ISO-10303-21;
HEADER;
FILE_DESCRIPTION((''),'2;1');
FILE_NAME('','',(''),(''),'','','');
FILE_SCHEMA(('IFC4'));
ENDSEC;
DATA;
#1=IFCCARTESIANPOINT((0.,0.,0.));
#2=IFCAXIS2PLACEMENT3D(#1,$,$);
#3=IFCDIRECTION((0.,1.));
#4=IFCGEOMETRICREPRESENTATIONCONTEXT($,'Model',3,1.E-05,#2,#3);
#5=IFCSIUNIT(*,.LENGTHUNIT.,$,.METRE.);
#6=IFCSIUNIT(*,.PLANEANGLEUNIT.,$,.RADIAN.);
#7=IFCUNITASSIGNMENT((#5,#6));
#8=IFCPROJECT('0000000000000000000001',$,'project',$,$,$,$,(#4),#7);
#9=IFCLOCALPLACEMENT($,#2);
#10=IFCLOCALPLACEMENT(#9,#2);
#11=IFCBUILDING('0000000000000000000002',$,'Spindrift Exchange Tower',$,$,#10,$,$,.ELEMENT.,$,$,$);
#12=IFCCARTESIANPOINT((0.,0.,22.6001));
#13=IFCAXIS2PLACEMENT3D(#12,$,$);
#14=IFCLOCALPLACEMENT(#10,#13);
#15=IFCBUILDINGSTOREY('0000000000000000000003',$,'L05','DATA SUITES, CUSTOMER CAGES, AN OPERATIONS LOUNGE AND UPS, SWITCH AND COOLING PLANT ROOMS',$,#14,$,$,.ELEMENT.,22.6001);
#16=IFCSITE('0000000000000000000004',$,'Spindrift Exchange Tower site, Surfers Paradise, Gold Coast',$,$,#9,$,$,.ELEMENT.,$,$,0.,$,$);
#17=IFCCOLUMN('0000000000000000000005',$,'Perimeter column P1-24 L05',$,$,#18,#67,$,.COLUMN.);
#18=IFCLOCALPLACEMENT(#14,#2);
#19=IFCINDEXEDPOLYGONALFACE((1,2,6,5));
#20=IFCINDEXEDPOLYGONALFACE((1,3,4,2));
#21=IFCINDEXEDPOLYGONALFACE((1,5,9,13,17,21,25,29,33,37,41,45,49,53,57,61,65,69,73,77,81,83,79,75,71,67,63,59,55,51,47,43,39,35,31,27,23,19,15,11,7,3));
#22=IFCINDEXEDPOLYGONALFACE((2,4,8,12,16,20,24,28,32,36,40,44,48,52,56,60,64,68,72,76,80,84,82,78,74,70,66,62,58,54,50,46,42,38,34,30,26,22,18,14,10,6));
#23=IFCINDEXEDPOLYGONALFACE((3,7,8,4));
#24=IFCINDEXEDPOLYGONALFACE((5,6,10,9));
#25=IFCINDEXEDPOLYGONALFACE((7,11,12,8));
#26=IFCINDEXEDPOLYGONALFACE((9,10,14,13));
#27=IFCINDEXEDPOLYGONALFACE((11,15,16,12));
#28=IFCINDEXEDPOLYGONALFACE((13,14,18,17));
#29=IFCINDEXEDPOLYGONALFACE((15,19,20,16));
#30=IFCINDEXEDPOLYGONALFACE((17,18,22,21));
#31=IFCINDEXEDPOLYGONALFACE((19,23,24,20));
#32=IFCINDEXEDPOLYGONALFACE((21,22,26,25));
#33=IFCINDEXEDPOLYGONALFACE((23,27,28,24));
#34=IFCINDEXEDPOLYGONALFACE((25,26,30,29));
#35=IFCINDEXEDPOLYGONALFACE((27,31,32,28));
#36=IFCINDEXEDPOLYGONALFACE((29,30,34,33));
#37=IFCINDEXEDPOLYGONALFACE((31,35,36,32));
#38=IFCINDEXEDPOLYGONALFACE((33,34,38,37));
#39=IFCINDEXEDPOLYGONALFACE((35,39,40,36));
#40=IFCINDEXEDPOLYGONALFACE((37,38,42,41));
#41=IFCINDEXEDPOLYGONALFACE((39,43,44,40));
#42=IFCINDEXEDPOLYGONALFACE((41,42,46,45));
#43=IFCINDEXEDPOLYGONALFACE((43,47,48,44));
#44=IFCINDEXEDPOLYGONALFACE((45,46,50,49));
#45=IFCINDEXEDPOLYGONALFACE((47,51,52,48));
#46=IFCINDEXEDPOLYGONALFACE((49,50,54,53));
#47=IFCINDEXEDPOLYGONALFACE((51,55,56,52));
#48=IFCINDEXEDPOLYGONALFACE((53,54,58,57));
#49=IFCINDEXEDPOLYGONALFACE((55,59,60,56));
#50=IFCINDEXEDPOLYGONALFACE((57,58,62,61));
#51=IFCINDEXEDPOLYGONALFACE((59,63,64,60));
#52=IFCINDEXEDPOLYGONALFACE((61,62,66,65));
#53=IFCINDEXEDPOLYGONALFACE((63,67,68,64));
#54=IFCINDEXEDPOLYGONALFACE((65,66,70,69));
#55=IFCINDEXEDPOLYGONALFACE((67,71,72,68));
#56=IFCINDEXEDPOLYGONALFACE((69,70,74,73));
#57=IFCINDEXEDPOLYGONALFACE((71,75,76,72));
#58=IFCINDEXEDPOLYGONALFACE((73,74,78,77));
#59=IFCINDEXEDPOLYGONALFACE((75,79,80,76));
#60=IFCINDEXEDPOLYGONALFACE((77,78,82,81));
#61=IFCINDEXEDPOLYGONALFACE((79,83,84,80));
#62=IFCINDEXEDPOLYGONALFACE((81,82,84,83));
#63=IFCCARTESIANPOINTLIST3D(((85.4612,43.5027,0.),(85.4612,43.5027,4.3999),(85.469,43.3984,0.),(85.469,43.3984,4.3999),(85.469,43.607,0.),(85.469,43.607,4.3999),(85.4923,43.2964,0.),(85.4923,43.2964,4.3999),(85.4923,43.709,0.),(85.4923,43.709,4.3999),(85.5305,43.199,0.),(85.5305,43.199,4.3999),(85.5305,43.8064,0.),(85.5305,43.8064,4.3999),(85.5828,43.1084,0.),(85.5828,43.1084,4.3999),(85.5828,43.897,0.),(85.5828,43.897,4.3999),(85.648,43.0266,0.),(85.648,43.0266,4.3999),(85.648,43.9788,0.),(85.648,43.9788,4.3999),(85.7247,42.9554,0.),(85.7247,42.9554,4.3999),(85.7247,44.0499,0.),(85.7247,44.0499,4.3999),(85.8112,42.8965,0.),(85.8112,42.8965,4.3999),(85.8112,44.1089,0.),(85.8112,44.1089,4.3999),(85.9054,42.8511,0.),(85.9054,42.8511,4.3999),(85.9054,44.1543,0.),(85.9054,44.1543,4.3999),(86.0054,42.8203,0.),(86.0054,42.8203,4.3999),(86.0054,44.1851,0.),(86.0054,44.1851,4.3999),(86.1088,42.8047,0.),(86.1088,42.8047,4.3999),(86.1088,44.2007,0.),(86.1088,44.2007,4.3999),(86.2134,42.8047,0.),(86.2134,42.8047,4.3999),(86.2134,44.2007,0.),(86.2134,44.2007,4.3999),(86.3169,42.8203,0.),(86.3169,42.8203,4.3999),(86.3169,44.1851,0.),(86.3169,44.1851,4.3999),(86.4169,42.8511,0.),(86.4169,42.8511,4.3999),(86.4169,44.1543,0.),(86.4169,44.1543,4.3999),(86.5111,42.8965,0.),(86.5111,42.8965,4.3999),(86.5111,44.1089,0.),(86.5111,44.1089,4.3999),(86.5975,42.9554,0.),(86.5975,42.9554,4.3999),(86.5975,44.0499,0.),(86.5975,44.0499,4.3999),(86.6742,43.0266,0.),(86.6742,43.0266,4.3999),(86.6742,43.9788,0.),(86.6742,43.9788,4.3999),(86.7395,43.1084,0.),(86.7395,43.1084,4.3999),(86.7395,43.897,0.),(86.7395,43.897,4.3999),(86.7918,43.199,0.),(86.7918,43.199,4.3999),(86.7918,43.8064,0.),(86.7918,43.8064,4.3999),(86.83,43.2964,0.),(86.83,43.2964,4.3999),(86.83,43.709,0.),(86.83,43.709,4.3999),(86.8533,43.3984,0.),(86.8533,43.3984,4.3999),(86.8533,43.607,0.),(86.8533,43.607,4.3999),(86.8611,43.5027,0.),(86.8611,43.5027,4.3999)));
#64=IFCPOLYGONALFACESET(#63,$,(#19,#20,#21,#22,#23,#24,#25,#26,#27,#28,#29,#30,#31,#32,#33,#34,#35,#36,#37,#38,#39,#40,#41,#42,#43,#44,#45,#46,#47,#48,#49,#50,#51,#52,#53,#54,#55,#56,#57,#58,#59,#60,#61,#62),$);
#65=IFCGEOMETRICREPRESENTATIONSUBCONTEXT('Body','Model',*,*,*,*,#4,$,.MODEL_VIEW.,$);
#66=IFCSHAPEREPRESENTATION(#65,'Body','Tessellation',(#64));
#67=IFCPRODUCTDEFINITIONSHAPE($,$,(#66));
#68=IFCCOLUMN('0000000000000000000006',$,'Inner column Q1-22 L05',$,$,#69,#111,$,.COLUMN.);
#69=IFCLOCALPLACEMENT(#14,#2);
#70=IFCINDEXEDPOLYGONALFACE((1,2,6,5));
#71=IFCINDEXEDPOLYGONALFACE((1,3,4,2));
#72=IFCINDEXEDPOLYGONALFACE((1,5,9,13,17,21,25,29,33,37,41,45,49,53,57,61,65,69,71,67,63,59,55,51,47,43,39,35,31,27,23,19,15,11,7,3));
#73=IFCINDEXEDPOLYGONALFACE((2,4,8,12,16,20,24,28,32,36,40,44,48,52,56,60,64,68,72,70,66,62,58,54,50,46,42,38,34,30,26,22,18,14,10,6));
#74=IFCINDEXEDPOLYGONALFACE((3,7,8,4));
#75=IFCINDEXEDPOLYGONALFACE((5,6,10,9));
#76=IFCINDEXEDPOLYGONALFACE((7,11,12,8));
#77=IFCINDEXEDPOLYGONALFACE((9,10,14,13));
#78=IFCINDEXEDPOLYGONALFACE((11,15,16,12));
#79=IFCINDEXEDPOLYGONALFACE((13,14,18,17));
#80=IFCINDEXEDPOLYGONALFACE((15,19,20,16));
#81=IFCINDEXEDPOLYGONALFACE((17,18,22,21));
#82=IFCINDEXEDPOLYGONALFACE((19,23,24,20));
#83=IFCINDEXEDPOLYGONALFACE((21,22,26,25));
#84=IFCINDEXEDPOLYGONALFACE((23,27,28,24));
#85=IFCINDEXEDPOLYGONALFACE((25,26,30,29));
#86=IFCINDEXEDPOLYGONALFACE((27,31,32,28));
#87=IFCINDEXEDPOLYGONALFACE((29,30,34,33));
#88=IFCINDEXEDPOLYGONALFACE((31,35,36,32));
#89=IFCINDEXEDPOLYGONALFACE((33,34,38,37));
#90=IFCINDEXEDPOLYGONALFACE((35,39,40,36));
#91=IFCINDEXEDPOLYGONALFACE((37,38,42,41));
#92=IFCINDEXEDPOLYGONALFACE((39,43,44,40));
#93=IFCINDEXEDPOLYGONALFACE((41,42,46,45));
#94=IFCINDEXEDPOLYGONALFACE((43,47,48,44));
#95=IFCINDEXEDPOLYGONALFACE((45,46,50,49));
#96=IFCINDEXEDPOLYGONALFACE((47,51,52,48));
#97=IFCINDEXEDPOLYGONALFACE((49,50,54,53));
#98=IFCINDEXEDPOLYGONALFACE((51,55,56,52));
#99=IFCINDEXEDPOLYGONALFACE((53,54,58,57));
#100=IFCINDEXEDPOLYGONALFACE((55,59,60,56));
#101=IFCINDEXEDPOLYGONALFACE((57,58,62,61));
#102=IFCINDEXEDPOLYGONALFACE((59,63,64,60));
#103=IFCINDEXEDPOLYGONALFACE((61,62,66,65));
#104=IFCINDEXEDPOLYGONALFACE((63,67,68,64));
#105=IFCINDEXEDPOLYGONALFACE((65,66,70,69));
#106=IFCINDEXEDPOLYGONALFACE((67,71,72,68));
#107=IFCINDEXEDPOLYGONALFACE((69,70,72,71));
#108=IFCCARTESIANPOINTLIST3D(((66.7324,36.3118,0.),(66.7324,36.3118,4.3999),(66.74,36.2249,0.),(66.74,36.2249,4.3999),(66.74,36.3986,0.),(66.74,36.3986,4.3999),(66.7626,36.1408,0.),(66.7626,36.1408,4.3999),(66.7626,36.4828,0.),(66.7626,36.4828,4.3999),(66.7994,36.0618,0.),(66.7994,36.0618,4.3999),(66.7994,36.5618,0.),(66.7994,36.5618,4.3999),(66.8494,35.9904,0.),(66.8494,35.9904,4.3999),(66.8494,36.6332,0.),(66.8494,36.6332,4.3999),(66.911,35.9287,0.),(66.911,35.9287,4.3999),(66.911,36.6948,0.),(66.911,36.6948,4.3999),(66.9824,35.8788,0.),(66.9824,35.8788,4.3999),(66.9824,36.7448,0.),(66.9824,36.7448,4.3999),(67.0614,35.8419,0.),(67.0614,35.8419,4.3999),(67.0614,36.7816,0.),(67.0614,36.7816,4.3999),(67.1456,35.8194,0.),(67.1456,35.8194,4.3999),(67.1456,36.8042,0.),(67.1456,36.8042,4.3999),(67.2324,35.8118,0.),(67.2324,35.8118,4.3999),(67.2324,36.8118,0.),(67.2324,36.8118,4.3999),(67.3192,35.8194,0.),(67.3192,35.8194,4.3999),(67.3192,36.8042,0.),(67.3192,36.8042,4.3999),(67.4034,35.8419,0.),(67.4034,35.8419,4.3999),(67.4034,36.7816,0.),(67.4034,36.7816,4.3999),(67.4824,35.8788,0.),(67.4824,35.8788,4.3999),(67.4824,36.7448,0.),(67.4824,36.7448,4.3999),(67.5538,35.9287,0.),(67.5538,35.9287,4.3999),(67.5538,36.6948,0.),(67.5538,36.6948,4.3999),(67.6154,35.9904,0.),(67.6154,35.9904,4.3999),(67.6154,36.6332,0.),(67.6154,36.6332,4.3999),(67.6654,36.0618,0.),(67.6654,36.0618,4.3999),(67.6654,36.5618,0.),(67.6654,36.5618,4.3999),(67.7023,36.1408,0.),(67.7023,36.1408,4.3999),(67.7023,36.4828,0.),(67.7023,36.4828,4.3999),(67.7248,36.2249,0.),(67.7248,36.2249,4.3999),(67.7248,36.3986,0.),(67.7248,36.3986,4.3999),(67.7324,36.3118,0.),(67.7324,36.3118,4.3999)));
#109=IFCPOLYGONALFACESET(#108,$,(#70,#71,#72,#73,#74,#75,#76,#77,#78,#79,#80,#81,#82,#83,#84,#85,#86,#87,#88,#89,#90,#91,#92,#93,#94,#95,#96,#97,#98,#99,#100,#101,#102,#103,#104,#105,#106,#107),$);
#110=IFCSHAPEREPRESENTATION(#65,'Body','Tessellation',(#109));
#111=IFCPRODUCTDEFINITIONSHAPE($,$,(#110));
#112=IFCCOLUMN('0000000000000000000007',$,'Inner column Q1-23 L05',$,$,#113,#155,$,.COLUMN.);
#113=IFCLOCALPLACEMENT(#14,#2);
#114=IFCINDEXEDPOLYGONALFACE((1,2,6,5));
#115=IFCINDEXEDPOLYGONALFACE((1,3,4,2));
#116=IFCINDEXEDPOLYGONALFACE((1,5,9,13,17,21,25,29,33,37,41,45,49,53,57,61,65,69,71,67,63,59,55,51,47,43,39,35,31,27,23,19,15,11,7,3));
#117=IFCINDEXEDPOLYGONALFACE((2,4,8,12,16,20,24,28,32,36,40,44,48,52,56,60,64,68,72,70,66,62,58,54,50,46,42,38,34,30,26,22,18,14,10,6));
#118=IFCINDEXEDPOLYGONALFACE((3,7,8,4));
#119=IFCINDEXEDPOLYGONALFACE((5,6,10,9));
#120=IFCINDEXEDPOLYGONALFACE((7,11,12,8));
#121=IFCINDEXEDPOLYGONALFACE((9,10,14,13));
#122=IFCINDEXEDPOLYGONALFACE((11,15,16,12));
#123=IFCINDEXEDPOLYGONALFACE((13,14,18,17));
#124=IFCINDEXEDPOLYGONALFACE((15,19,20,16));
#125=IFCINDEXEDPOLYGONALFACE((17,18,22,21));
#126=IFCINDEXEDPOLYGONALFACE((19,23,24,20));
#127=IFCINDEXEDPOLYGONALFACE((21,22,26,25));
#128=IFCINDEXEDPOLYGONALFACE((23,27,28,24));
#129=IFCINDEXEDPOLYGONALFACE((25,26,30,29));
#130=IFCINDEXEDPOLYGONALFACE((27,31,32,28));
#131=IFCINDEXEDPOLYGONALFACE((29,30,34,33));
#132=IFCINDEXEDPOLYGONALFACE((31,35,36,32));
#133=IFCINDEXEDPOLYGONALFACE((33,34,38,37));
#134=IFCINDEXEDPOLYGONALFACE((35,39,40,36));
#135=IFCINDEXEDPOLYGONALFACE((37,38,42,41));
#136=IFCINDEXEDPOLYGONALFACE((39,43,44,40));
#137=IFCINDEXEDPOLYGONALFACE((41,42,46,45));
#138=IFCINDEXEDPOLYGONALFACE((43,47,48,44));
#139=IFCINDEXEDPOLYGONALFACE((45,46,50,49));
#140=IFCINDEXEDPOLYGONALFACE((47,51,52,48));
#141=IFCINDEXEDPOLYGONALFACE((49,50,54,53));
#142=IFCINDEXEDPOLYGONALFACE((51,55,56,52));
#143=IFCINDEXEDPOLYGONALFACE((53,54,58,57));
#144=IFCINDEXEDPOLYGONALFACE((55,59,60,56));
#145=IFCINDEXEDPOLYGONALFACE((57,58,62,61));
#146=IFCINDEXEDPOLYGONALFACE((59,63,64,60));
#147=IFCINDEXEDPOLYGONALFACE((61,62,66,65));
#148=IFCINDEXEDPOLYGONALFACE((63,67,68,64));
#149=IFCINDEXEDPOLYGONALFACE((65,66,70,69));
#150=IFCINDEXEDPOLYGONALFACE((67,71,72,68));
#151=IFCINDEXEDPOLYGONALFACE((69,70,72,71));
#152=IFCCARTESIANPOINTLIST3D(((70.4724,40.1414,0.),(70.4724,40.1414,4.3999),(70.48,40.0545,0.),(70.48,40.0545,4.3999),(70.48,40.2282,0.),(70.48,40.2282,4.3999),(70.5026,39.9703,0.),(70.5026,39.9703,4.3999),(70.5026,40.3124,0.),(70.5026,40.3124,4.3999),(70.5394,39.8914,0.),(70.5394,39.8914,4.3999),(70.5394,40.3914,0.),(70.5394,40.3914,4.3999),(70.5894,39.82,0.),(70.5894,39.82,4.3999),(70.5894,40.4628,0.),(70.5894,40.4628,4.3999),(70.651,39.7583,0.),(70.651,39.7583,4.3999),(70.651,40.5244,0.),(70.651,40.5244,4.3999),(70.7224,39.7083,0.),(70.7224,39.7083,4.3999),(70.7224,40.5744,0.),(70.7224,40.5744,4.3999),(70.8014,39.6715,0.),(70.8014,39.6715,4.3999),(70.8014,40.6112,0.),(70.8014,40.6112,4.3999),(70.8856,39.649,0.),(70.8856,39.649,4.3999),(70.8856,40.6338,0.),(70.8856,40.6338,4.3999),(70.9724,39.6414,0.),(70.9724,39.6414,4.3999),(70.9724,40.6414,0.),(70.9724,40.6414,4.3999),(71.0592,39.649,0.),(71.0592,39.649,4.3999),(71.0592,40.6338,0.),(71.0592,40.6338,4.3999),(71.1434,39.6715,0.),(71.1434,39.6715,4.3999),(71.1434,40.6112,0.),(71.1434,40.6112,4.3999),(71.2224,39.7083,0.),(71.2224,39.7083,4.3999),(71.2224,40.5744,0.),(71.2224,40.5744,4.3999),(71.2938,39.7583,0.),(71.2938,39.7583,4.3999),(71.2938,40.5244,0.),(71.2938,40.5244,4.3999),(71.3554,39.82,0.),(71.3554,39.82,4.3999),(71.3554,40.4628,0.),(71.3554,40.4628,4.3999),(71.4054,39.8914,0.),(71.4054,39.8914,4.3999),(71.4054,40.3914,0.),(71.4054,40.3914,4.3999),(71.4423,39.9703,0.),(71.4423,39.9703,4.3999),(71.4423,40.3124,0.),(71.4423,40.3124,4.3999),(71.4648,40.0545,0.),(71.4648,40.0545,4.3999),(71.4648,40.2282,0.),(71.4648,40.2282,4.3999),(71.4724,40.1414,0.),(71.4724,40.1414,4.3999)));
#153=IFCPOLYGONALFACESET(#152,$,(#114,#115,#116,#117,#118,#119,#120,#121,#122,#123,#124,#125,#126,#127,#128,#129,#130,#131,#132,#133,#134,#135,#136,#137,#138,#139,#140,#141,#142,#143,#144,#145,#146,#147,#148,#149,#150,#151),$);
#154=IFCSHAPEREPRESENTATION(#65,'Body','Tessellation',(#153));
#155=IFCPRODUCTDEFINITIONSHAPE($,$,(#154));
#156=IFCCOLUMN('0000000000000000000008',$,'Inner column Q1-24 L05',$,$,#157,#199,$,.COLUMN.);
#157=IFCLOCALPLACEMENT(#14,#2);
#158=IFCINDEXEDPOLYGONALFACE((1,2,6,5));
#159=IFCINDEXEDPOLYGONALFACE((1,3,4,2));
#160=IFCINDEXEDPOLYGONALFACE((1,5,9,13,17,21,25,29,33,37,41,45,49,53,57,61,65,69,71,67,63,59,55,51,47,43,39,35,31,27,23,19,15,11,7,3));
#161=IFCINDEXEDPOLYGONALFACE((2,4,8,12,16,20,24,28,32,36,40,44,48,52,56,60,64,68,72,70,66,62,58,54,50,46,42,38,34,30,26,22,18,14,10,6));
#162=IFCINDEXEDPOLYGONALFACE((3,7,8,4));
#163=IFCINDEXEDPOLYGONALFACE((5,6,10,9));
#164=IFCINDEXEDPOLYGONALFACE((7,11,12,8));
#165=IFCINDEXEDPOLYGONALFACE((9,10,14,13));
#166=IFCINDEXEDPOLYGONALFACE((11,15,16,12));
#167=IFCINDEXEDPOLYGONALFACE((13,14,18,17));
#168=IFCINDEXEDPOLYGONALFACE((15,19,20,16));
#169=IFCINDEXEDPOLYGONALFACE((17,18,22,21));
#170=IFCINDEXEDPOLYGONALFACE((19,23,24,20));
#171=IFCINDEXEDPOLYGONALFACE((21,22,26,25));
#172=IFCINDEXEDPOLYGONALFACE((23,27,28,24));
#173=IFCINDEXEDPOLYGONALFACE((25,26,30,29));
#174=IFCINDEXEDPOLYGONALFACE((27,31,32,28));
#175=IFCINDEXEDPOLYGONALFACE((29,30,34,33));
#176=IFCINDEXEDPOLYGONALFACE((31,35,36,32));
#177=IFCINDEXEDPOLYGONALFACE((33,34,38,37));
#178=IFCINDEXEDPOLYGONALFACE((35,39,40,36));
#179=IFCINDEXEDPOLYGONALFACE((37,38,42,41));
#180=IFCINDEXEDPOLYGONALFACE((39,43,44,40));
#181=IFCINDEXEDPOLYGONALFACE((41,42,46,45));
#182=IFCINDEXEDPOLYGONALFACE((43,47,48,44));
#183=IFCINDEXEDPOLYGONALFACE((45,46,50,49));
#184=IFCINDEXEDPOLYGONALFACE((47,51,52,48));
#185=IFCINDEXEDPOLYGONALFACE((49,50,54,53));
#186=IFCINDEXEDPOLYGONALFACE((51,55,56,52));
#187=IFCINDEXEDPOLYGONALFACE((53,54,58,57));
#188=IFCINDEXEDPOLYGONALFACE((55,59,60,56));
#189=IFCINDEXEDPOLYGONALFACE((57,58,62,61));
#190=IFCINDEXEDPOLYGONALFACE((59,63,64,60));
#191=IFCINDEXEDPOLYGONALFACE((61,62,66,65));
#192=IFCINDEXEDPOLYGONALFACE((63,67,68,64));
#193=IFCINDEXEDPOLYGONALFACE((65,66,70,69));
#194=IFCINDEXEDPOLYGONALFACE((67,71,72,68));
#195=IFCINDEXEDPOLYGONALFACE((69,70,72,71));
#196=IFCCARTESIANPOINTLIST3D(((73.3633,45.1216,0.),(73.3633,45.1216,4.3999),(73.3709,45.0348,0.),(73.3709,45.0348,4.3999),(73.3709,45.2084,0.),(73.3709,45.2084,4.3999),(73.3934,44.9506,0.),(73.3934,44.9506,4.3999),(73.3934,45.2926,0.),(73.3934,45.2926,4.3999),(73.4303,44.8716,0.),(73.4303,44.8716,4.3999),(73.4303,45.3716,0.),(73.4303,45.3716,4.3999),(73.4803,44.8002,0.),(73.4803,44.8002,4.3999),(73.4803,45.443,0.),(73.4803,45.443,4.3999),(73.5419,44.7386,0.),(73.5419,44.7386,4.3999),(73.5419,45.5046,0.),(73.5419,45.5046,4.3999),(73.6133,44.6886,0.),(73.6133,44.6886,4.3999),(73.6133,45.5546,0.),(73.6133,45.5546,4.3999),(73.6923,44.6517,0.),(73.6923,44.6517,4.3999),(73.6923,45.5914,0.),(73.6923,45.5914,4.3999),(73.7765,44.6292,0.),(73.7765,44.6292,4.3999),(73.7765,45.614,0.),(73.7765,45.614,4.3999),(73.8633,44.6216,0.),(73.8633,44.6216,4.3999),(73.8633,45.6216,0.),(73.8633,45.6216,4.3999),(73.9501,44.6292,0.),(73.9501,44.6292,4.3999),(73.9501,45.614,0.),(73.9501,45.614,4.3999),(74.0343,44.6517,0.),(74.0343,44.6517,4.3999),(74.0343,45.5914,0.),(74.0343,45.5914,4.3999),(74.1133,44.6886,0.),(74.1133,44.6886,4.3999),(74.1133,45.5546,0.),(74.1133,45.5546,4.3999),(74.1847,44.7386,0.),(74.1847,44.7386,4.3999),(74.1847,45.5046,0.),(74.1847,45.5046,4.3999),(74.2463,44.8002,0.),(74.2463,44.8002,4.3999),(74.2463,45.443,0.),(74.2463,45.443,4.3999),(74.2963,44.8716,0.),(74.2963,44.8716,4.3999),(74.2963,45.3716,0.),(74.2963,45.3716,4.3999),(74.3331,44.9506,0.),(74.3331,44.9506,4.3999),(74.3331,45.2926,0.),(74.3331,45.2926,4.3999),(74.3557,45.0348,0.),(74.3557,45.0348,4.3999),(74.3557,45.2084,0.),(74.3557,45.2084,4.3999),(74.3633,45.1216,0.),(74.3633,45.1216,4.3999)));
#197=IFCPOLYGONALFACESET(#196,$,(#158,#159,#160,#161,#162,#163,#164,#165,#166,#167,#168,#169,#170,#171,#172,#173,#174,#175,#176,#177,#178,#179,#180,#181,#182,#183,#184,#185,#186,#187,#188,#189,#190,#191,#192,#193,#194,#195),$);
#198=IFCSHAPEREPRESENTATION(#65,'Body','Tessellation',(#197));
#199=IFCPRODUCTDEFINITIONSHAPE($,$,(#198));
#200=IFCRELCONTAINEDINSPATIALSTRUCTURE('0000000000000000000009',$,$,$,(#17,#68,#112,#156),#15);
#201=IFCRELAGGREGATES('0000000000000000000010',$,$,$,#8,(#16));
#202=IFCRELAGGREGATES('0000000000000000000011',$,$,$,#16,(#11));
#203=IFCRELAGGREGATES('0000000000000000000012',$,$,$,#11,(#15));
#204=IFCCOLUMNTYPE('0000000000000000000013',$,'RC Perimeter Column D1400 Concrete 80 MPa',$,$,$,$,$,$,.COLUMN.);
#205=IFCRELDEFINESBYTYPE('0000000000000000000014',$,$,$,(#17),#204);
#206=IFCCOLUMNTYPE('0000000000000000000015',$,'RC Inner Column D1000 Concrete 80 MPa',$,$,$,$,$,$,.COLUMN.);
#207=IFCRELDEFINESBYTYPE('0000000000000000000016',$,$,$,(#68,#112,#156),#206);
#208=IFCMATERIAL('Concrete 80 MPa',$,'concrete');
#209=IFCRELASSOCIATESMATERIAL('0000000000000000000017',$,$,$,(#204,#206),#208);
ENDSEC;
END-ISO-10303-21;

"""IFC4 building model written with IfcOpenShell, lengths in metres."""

from ifc_helpers import new_model, si_unit, direction, frame, origin, origin_2d, place, context, subcontext, project, spatial, circle, extrude, source, transform, mapped, material, material_profile, profile_set, type_object, element, save


model = new_model("IFC4")

# Units and contexts
model_context = context("Model", 3, precision=1e-05, world=origin(), true_north=direction((0.0, 1.0)))
body_context = subcontext(model_context, "Body", "Model", "MODEL_VIEW")
ifc_project = project(units=[si_unit("LENGTHUNIT", "METRE"), si_unit("PLANEANGLEUNIT", "RADIAN")], contexts=[model_context])

# Site, building, storey
site_placement = place(None, origin())
site = spatial("IfcSite", under=ifc_project, at=site_placement, Name="Spindrift Exchange Tower site, Surfers Paradise, Gold Coast", CompositionType="ELEMENT", RefElevation=0.0)
building_placement = place(site_placement, origin())
building = spatial("IfcBuilding", under=site, at=building_placement, Name="Spindrift Exchange Tower", CompositionType="ELEMENT")
storey_placement = place(building_placement, frame((0.0, 0.0, 22.6001)))
storey = spatial("IfcBuildingStorey", under=building, at=storey_placement, Name="L05", Description="DATA SUITES, CUSTOMER CAGES, AN OPERATIONS LOUNGE AND UPS, SWITCH AND COOLING PLANT ROOMS", CompositionType="ELEMENT", Elevation=22.6001)

# Columns
ifc_material_1 = material(Name="Concrete 80 MPa", Category="concrete")
ifc_material_profile_1 = material_profile(ifc_material_1, circle(Radius=0.7, at=origin_2d()), Name="RC D1400")
ifc_profile_set_1 = profile_set([ifc_material_profile_1], Name="Concrete 80 MPa")
column_type_1 = type_object("IfcColumnType", Name="RC Perimeter Column D1400 Concrete 80 MPa", PredefinedType="COLUMN", material=ifc_profile_set_1)
shared_shape_1 = source(origin(), body_context, "Body", "SweptSolid", [
    extrude(circle(Radius=0.7, at=origin_2d()), origin(), (0.0, 0.0, 1.0), 4.3999),
])
column_placement = place(storey_placement, frame((86.1611, 43.5027, 0.0), z_axis=(0.0, 0.0, 1.0), x_axis=(1.0, 0.0, 0.0)))
element("IfcColumn", 1, at=column_placement, inside=storey, type_object=column_type_1, Name="Perimeter column P1-24 L05", PredefinedType="COLUMN", context=body_context, shape_type="MappedRepresentation", body=[
    mapped(shared_shape_1, transform((0.0, 0.0, 0.0), scale=1.0)),
])
ifc_material_profile_2 = material_profile(ifc_material_1, circle(Radius=0.5, at=origin_2d()), Name="RC D1000")
ifc_profile_set_2 = profile_set([ifc_material_profile_2], Name="Concrete 80 MPa")
column_type_2 = type_object("IfcColumnType", Name="RC Inner Column D1000 Concrete 80 MPa", PredefinedType="COLUMN", material=ifc_profile_set_2)
shared_shape_2 = source(origin(), body_context, "Body", "SweptSolid", [
    extrude(circle(Radius=0.5, at=origin_2d()), origin(), (0.0, 0.0, 1.0), 4.3999),
])
for number, where, z_axis, x_axis, name in (
    (2, (67.2324, 36.3118, 0.0), (0.0, 0.0, 1.0), (1.0, 0.0, 0.0), "Inner column Q1-22 L05"),
    (3, (70.9724, 40.1414, 0.0), (0.0, 0.0, 1.0), (1.0, 0.0, 0.0), "Inner column Q1-23 L05"),
    (4, (73.8633, 45.1216, 0.0), (0.0, 0.0, 1.0), (1.0, 0.0, 0.0), "Inner column Q1-24 L05"),
):
    element("IfcColumn", number, at=place(storey_placement, frame(where, z_axis=z_axis, x_axis=x_axis)), inside=storey, type_object=column_type_2, Name=name, PredefinedType="COLUMN", context=body_context, shape_type="MappedRepresentation", body=[
        mapped(shared_shape_2, transform((0.0, 0.0, 0.0), scale=1.0)),
    ])

save(model, "model.ifc")
